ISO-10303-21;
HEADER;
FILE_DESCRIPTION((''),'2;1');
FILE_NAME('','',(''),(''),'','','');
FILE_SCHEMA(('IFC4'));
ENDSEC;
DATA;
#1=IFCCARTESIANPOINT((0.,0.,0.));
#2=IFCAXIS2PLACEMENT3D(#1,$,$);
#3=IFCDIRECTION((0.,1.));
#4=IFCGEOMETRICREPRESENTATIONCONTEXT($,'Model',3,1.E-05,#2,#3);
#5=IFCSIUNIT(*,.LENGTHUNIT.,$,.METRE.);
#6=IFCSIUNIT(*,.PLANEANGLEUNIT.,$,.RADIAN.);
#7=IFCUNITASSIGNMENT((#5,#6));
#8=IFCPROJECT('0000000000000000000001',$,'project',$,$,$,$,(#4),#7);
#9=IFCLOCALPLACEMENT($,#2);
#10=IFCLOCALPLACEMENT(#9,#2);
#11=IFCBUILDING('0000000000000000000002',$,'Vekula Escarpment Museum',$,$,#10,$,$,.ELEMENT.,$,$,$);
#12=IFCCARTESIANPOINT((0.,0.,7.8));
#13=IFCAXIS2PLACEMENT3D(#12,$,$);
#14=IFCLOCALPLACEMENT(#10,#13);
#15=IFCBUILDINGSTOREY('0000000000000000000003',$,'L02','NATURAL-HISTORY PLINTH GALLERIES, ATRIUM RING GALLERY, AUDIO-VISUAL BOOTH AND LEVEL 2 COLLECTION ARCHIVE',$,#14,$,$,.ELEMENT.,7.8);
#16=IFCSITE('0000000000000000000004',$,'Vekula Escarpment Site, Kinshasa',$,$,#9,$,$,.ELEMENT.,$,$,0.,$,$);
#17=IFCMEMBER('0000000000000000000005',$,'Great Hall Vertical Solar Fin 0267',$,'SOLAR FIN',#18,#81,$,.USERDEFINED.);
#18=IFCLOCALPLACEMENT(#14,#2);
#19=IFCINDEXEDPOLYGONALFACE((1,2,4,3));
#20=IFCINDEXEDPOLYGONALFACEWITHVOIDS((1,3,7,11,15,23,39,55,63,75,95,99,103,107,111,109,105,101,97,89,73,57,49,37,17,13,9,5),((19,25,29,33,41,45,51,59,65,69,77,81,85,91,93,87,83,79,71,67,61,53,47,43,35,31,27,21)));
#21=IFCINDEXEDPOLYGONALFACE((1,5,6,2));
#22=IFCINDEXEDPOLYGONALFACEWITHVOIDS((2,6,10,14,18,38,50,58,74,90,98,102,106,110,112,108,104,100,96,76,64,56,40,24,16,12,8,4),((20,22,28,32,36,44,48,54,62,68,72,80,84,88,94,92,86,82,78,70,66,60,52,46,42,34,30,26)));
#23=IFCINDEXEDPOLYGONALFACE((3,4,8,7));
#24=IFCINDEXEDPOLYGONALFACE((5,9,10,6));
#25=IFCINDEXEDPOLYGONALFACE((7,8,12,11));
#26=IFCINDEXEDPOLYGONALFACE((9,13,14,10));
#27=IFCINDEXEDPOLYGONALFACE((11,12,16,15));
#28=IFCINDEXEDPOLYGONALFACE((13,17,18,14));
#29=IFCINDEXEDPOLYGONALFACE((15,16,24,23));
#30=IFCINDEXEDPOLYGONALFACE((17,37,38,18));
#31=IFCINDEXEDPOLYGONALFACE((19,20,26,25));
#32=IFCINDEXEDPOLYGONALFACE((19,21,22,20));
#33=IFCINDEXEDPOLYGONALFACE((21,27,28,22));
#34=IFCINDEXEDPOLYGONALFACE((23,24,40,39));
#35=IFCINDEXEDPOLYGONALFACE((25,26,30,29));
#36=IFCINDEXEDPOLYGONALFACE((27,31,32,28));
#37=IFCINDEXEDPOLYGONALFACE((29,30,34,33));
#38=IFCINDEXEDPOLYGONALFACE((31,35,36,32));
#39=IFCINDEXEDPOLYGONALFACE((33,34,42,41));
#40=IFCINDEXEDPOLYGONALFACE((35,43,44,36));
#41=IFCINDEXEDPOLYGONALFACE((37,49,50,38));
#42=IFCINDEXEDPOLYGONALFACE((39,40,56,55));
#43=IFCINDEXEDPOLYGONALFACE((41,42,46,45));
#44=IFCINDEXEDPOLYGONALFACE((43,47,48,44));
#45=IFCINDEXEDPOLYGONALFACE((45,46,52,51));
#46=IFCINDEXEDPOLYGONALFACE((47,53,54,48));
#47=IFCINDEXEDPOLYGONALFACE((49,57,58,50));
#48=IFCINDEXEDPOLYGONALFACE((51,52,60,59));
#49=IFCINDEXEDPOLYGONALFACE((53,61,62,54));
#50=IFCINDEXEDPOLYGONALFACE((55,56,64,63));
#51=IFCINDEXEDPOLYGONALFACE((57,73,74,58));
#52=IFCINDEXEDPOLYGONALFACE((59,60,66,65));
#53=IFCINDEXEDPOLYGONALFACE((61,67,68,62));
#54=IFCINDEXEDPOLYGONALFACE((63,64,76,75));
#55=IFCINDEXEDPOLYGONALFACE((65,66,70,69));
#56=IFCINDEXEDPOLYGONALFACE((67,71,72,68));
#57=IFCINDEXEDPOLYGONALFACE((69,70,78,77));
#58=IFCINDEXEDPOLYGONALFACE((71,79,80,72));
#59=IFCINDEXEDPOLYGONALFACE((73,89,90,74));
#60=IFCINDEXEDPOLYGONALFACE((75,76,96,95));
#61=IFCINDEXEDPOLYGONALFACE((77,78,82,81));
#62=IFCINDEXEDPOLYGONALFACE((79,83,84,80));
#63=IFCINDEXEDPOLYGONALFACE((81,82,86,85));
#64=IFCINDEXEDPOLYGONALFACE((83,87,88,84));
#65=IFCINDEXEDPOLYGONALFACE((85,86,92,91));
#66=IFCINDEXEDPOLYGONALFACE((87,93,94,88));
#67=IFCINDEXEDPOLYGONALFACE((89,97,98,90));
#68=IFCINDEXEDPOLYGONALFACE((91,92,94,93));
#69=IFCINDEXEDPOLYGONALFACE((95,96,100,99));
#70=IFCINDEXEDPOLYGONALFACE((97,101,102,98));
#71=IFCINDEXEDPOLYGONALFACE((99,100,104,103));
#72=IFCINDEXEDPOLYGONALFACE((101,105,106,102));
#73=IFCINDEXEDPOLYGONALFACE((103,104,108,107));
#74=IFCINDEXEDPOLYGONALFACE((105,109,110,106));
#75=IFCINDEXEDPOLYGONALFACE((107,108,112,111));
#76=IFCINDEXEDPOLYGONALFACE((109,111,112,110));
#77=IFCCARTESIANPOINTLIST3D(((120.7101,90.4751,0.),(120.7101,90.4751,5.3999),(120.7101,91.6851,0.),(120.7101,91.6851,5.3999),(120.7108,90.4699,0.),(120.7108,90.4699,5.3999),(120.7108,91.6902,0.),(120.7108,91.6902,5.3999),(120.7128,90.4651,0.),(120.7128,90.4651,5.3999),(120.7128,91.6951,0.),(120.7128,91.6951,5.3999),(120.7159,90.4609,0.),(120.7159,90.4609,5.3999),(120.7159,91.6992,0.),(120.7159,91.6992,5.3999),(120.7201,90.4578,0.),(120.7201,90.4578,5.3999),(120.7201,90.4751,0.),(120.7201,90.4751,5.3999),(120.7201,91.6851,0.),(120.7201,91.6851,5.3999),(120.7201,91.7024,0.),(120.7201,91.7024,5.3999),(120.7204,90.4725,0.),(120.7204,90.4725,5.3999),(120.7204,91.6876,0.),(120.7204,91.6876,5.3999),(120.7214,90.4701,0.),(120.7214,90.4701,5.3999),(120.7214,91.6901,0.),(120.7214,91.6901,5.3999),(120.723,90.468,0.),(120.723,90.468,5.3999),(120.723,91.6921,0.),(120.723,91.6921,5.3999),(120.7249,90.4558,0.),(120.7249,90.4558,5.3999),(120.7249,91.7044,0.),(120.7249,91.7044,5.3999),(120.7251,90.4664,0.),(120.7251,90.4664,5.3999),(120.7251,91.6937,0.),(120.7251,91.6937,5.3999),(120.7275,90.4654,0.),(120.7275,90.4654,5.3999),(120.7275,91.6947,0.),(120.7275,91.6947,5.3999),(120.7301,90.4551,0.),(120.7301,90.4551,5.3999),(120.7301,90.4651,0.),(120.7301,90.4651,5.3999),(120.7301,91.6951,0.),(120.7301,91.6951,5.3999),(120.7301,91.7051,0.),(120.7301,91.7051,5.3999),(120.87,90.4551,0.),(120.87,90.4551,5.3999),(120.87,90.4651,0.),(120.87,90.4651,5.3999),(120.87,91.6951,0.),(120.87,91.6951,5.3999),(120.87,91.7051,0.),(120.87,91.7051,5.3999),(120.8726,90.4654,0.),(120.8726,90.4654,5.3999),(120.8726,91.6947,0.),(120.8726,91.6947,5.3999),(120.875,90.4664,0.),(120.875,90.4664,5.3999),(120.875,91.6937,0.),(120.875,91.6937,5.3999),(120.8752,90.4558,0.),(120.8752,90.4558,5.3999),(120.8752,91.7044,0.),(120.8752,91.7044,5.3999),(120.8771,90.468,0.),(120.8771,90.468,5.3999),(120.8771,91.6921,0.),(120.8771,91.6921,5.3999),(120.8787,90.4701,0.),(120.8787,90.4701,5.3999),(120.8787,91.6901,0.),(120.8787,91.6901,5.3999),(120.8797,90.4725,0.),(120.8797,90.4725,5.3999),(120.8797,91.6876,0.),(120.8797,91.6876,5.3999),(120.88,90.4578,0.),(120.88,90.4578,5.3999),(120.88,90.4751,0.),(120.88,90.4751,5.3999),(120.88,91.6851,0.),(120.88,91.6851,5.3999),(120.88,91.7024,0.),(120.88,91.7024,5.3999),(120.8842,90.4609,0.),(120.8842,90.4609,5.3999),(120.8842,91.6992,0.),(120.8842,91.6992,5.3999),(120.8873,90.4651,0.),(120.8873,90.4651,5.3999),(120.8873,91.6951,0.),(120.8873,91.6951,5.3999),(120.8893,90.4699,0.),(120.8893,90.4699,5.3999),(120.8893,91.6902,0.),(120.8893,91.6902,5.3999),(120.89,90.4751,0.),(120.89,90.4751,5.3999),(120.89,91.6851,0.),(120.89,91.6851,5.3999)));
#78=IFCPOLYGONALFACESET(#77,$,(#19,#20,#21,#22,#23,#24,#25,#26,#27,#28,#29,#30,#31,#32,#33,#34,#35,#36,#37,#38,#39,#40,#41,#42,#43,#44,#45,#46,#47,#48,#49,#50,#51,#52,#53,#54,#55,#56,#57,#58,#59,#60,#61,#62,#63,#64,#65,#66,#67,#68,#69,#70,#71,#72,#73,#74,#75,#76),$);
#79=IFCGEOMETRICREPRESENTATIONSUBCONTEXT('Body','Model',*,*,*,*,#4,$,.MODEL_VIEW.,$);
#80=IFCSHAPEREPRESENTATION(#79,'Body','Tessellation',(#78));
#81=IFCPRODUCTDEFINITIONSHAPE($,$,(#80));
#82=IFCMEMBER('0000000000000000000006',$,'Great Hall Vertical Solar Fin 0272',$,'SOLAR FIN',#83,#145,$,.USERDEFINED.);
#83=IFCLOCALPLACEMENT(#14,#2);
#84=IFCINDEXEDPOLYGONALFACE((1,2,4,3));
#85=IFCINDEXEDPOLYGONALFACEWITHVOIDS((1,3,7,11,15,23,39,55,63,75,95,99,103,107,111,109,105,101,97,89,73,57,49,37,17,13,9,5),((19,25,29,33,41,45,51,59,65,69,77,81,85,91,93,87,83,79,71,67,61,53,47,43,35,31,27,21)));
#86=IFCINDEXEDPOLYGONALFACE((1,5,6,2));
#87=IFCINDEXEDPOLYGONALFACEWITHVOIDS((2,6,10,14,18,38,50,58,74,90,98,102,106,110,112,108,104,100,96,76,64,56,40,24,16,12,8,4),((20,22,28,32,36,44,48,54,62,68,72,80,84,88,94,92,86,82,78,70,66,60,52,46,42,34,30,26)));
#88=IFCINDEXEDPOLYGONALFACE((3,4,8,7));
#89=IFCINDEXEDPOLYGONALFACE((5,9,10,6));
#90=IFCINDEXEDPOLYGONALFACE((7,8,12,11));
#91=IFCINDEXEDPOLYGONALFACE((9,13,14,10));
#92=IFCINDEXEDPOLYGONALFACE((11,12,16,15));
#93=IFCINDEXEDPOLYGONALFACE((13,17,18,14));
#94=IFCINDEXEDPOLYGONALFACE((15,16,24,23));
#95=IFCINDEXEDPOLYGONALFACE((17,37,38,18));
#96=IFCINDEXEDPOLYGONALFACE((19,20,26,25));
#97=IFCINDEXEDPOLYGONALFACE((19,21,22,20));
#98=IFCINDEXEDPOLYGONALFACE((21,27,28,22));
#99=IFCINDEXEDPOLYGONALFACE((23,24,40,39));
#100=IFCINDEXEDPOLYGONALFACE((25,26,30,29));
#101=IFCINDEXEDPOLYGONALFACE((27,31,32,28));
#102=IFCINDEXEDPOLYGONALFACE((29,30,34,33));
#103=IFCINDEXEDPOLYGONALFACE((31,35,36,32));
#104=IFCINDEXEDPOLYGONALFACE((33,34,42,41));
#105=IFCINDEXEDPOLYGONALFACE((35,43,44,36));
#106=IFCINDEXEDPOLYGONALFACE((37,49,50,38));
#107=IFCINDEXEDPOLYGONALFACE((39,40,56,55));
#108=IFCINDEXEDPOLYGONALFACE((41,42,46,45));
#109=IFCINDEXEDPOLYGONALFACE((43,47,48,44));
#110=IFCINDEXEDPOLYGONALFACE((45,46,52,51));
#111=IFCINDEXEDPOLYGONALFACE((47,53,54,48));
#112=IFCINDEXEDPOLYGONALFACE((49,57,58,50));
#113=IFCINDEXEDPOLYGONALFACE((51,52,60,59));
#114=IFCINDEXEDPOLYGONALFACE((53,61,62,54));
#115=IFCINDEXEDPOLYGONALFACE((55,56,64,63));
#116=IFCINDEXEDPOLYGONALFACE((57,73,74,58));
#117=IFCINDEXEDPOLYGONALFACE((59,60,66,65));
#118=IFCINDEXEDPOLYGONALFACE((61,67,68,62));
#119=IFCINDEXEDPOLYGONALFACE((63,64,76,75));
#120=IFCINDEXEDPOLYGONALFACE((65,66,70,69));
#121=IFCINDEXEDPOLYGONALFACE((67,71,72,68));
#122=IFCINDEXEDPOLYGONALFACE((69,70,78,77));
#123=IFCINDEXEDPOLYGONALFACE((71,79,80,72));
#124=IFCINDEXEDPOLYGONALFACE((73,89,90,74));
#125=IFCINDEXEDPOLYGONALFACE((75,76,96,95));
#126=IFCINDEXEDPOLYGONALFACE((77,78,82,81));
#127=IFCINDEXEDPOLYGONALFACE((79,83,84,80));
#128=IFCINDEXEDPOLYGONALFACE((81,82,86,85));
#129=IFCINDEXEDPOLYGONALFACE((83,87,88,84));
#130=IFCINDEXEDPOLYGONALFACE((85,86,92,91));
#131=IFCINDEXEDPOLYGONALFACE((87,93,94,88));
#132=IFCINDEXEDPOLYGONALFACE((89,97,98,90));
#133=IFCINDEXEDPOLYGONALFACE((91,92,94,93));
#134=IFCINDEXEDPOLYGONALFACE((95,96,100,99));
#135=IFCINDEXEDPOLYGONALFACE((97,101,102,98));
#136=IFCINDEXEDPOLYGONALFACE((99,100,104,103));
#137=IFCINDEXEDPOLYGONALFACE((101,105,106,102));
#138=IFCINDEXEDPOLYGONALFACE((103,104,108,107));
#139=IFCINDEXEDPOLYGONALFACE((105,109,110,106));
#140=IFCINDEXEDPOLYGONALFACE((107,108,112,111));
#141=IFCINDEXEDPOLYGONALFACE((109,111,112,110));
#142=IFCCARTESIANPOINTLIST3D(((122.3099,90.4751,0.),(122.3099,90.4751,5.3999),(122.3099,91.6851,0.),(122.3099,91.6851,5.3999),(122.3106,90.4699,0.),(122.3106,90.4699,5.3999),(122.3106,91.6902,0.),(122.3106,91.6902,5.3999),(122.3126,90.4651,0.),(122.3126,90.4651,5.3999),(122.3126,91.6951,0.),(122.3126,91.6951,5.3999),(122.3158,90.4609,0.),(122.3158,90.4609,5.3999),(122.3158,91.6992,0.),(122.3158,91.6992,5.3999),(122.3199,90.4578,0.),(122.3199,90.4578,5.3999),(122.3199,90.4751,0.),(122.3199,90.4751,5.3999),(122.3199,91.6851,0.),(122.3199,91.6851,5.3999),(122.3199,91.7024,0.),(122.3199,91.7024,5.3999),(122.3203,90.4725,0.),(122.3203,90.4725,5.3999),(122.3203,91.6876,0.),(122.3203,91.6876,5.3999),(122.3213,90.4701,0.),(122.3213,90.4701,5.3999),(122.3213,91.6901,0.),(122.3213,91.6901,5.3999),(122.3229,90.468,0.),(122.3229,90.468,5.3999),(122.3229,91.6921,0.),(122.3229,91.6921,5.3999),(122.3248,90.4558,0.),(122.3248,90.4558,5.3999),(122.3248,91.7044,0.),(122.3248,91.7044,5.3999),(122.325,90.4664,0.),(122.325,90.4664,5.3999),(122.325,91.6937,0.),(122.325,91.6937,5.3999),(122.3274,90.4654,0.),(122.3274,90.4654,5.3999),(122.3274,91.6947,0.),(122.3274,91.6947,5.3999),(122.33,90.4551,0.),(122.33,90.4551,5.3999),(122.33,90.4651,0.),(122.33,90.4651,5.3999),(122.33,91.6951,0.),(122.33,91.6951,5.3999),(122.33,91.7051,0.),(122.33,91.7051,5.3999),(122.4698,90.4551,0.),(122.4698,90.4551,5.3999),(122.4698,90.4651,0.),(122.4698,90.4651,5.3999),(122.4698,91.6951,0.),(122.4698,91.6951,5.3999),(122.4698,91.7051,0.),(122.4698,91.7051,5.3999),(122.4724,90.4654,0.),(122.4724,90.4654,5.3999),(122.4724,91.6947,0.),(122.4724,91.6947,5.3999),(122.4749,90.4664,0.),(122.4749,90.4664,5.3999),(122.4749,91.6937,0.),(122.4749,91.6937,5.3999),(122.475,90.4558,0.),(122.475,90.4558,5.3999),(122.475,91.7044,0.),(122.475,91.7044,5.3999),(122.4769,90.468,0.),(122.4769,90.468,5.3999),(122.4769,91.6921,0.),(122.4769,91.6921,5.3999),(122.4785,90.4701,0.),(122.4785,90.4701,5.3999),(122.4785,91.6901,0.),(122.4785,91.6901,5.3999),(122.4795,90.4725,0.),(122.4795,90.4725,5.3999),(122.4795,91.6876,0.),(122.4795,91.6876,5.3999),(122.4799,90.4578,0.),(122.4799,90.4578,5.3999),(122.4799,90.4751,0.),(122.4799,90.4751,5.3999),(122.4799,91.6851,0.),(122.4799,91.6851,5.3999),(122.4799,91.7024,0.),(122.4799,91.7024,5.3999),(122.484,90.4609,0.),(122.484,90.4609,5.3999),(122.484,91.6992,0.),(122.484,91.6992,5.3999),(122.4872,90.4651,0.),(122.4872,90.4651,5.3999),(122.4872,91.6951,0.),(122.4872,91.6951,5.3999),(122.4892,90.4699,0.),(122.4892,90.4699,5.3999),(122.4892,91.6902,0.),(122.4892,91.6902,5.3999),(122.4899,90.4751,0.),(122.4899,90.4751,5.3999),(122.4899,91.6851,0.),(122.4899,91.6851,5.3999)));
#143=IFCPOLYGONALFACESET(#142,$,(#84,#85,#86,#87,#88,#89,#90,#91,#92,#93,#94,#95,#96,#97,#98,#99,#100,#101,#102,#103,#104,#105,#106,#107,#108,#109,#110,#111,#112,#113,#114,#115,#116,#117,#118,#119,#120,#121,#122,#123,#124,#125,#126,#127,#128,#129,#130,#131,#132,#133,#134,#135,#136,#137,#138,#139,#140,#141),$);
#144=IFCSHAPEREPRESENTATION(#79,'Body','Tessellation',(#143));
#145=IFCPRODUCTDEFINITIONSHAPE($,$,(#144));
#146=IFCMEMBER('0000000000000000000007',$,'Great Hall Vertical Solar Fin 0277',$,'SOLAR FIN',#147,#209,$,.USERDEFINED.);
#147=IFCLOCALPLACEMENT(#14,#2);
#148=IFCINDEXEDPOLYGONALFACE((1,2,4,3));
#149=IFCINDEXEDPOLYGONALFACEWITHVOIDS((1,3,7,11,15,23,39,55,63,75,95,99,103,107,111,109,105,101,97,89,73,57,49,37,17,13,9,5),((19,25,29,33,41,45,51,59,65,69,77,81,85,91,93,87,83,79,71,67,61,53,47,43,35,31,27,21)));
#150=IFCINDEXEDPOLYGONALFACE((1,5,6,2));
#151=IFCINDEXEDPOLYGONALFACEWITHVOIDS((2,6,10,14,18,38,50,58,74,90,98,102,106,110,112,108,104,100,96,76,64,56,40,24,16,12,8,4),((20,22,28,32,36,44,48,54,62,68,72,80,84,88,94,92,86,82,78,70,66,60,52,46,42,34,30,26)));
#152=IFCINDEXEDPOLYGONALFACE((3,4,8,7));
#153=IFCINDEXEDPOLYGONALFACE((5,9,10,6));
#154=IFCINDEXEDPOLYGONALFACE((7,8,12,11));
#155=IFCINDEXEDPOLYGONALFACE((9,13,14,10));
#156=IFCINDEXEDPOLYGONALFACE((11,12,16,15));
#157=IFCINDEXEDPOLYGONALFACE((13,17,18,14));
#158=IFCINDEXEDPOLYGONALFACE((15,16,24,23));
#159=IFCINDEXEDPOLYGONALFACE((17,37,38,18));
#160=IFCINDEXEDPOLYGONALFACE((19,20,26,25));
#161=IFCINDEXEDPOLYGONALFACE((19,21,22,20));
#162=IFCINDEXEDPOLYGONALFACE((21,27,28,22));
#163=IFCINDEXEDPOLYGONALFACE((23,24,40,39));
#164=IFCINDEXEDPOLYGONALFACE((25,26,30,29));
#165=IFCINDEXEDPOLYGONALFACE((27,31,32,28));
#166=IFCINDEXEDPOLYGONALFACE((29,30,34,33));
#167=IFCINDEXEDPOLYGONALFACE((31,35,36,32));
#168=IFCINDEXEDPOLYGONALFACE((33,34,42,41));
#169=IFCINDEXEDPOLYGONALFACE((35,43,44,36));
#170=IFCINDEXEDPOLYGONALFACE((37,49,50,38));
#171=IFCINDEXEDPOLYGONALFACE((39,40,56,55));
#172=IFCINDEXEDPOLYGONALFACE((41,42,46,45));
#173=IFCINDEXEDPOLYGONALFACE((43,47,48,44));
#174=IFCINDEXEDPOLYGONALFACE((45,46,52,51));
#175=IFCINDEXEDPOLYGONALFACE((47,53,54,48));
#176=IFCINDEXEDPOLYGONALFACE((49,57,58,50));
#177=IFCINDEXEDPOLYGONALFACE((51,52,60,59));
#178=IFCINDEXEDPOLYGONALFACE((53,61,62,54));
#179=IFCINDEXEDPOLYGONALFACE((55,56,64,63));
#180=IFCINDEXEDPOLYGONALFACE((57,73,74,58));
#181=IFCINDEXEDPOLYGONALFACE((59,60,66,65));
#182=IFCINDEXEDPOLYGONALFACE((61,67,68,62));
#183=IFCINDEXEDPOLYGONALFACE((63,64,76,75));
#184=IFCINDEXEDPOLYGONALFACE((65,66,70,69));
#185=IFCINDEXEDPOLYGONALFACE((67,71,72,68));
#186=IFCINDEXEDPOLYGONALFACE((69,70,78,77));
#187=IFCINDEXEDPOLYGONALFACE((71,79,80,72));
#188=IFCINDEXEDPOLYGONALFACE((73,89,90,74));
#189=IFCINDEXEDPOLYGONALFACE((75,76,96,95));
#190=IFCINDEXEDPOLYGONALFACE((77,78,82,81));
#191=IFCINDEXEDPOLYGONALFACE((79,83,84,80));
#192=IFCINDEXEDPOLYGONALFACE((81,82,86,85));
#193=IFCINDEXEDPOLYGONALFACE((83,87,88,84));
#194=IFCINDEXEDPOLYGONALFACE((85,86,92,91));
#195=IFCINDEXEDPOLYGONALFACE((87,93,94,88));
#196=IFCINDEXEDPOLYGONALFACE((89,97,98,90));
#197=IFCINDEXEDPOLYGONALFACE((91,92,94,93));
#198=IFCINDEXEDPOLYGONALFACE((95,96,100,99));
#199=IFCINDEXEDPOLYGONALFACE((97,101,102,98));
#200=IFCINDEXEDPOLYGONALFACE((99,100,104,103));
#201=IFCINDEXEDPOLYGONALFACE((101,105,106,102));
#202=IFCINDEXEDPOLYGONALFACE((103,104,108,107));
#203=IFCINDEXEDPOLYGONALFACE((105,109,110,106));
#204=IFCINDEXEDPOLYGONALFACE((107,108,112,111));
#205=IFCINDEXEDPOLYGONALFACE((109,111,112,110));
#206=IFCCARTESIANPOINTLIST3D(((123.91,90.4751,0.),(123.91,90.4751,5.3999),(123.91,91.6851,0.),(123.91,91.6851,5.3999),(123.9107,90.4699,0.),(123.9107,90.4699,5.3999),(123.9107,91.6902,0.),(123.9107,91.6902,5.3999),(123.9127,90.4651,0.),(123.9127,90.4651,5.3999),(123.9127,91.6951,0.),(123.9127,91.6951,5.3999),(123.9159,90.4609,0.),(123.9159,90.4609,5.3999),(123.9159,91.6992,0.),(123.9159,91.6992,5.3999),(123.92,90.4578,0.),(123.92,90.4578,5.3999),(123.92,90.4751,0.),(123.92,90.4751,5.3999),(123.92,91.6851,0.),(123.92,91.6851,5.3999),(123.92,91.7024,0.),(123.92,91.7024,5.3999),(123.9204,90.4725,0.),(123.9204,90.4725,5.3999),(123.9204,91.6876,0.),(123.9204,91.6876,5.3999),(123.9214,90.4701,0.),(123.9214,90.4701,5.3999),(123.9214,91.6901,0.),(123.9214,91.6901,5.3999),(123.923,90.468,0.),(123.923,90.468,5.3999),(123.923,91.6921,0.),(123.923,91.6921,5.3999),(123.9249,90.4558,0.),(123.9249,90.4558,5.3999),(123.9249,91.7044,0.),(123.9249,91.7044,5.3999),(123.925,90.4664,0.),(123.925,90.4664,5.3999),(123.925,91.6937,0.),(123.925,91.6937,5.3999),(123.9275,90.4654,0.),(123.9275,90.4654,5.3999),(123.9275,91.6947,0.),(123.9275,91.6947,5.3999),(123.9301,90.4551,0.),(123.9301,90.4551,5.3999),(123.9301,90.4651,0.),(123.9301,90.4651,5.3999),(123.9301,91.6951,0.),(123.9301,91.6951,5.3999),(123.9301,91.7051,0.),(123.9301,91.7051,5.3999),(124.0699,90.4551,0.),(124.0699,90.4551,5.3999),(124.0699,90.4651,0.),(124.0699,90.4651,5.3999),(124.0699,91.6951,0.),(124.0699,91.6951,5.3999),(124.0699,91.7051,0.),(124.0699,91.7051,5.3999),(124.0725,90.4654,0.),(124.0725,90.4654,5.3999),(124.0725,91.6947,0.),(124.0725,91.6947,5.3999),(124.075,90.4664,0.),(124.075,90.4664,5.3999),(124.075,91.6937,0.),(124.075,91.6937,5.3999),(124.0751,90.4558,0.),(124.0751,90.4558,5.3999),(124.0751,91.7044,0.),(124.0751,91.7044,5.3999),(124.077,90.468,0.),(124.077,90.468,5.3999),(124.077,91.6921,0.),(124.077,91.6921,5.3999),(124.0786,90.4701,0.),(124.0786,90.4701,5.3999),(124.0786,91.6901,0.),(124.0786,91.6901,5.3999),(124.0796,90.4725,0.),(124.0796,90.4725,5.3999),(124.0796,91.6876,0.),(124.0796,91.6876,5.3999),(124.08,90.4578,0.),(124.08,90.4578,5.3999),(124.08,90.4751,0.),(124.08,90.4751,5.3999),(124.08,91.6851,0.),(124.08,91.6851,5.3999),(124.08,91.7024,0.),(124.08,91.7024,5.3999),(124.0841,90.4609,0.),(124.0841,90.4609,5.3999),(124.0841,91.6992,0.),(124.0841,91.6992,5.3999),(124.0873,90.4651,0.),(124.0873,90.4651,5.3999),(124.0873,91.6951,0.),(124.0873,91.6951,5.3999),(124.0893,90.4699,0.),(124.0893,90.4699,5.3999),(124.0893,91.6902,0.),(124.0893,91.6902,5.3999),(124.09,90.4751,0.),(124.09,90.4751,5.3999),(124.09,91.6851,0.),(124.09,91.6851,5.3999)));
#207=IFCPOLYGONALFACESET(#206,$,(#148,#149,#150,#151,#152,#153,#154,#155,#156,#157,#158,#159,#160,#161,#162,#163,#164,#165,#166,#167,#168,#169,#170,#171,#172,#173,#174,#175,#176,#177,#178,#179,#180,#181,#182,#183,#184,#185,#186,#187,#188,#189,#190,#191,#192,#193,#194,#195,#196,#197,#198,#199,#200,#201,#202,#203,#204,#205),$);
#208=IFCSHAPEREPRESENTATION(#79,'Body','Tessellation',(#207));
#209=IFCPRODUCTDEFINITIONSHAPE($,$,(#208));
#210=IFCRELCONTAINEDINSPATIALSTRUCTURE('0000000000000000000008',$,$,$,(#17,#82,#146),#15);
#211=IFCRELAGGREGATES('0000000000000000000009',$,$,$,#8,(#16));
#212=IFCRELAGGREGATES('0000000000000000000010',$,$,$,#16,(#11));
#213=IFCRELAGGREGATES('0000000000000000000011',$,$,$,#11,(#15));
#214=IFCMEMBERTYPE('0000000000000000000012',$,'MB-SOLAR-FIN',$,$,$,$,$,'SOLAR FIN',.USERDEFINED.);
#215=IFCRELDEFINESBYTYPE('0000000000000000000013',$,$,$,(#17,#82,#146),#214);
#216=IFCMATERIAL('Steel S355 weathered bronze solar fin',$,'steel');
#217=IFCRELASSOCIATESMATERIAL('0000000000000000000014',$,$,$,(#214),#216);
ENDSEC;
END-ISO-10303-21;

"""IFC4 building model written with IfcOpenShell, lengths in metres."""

from ifc_helpers import new_model, si_unit, direction, frame, origin, origin_2d, place, context, subcontext, project, spatial, hollow_rectangle, extrude, material, material_profile, profile_set, type_object, element, save


model = new_model("IFC4")

# Units and contexts
model_context = context("Model", 3, precision=1e-05, world=origin(), true_north=direction((0.0, 1.0)))
body_context = subcontext(model_context, "Body", "Model", "MODEL_VIEW")
ifc_project = project(units=[si_unit("LENGTHUNIT", "METRE"), si_unit("PLANEANGLEUNIT", "RADIAN")], contexts=[model_context])

# Site, building, storey
site_placement = place(None, origin())
site = spatial("IfcSite", under=ifc_project, at=site_placement, Name="Vekula Escarpment Site, Kinshasa", CompositionType="ELEMENT", RefElevation=0.0)
building_placement = place(site_placement, origin())
building = spatial("IfcBuilding", under=site, at=building_placement, Name="Vekula Escarpment Museum", CompositionType="ELEMENT")
storey_placement = place(building_placement, frame((0.0, 0.0, 7.8)))
storey = spatial("IfcBuildingStorey", under=building, at=storey_placement, Name="L02", Description="NATURAL-HISTORY PLINTH GALLERIES, ATRIUM RING GALLERY, AUDIO-VISUAL BOOTH AND LEVEL 2 COLLECTION ARCHIVE", CompositionType="ELEMENT", Elevation=7.8)

# Members
ifc_material_1 = material(Name="Steel S355 weathered bronze solar fin", Category="steel")
ifc_material_profile_1 = material_profile(ifc_material_1, hollow_rectangle(XDim=0.1799, YDim=1.25, WallThickness=0.01, InnerFilletRadius=0.01, OuterFilletRadius=0.02, at=origin_2d()), Name="RHS 1250x180x10")
ifc_profile_set_1 = profile_set([ifc_material_profile_1], Name="Steel S355 weathered bronze solar fin")
member_type_1 = type_object("IfcMemberType", Name="MB-SOLAR-FIN", ElementType="SOLAR FIN", PredefinedType="USERDEFINED", material=ifc_profile_set_1)
for number, where, z_axis, x_axis, name in (
    (1, (120.8, 91.0801, 0.0), (0.0, 0.0, 1.0), (1.0, 0.0, 0.0), "Great Hall Vertical Solar Fin 0267"),
    (2, (122.3999, 91.0801, 0.0), (0.0, 0.0, 1.0), (1.0, 0.0, 0.0), "Great Hall Vertical Solar Fin 0272"),
    (3, (124.0, 91.0801, 0.0), (0.0, 0.0, 1.0), (1.0, 0.0, 0.0), "Great Hall Vertical Solar Fin 0277"),
):
    element("IfcMember", number, at=place(storey_placement, frame(where, z_axis=z_axis, x_axis=x_axis)), inside=storey, type_object=member_type_1, Name=name, ObjectType="SOLAR FIN", PredefinedType="USERDEFINED", context=body_context, shape_type="SweptSolid", body=[
        extrude(hollow_rectangle(XDim=0.1799, YDim=1.25, WallThickness=0.01, InnerFilletRadius=0.01, OuterFilletRadius=0.02, at=origin_2d()), origin(), (0.0, 0.0, 1.0), 5.3999),
    ])

save(model, "model.ifc")
